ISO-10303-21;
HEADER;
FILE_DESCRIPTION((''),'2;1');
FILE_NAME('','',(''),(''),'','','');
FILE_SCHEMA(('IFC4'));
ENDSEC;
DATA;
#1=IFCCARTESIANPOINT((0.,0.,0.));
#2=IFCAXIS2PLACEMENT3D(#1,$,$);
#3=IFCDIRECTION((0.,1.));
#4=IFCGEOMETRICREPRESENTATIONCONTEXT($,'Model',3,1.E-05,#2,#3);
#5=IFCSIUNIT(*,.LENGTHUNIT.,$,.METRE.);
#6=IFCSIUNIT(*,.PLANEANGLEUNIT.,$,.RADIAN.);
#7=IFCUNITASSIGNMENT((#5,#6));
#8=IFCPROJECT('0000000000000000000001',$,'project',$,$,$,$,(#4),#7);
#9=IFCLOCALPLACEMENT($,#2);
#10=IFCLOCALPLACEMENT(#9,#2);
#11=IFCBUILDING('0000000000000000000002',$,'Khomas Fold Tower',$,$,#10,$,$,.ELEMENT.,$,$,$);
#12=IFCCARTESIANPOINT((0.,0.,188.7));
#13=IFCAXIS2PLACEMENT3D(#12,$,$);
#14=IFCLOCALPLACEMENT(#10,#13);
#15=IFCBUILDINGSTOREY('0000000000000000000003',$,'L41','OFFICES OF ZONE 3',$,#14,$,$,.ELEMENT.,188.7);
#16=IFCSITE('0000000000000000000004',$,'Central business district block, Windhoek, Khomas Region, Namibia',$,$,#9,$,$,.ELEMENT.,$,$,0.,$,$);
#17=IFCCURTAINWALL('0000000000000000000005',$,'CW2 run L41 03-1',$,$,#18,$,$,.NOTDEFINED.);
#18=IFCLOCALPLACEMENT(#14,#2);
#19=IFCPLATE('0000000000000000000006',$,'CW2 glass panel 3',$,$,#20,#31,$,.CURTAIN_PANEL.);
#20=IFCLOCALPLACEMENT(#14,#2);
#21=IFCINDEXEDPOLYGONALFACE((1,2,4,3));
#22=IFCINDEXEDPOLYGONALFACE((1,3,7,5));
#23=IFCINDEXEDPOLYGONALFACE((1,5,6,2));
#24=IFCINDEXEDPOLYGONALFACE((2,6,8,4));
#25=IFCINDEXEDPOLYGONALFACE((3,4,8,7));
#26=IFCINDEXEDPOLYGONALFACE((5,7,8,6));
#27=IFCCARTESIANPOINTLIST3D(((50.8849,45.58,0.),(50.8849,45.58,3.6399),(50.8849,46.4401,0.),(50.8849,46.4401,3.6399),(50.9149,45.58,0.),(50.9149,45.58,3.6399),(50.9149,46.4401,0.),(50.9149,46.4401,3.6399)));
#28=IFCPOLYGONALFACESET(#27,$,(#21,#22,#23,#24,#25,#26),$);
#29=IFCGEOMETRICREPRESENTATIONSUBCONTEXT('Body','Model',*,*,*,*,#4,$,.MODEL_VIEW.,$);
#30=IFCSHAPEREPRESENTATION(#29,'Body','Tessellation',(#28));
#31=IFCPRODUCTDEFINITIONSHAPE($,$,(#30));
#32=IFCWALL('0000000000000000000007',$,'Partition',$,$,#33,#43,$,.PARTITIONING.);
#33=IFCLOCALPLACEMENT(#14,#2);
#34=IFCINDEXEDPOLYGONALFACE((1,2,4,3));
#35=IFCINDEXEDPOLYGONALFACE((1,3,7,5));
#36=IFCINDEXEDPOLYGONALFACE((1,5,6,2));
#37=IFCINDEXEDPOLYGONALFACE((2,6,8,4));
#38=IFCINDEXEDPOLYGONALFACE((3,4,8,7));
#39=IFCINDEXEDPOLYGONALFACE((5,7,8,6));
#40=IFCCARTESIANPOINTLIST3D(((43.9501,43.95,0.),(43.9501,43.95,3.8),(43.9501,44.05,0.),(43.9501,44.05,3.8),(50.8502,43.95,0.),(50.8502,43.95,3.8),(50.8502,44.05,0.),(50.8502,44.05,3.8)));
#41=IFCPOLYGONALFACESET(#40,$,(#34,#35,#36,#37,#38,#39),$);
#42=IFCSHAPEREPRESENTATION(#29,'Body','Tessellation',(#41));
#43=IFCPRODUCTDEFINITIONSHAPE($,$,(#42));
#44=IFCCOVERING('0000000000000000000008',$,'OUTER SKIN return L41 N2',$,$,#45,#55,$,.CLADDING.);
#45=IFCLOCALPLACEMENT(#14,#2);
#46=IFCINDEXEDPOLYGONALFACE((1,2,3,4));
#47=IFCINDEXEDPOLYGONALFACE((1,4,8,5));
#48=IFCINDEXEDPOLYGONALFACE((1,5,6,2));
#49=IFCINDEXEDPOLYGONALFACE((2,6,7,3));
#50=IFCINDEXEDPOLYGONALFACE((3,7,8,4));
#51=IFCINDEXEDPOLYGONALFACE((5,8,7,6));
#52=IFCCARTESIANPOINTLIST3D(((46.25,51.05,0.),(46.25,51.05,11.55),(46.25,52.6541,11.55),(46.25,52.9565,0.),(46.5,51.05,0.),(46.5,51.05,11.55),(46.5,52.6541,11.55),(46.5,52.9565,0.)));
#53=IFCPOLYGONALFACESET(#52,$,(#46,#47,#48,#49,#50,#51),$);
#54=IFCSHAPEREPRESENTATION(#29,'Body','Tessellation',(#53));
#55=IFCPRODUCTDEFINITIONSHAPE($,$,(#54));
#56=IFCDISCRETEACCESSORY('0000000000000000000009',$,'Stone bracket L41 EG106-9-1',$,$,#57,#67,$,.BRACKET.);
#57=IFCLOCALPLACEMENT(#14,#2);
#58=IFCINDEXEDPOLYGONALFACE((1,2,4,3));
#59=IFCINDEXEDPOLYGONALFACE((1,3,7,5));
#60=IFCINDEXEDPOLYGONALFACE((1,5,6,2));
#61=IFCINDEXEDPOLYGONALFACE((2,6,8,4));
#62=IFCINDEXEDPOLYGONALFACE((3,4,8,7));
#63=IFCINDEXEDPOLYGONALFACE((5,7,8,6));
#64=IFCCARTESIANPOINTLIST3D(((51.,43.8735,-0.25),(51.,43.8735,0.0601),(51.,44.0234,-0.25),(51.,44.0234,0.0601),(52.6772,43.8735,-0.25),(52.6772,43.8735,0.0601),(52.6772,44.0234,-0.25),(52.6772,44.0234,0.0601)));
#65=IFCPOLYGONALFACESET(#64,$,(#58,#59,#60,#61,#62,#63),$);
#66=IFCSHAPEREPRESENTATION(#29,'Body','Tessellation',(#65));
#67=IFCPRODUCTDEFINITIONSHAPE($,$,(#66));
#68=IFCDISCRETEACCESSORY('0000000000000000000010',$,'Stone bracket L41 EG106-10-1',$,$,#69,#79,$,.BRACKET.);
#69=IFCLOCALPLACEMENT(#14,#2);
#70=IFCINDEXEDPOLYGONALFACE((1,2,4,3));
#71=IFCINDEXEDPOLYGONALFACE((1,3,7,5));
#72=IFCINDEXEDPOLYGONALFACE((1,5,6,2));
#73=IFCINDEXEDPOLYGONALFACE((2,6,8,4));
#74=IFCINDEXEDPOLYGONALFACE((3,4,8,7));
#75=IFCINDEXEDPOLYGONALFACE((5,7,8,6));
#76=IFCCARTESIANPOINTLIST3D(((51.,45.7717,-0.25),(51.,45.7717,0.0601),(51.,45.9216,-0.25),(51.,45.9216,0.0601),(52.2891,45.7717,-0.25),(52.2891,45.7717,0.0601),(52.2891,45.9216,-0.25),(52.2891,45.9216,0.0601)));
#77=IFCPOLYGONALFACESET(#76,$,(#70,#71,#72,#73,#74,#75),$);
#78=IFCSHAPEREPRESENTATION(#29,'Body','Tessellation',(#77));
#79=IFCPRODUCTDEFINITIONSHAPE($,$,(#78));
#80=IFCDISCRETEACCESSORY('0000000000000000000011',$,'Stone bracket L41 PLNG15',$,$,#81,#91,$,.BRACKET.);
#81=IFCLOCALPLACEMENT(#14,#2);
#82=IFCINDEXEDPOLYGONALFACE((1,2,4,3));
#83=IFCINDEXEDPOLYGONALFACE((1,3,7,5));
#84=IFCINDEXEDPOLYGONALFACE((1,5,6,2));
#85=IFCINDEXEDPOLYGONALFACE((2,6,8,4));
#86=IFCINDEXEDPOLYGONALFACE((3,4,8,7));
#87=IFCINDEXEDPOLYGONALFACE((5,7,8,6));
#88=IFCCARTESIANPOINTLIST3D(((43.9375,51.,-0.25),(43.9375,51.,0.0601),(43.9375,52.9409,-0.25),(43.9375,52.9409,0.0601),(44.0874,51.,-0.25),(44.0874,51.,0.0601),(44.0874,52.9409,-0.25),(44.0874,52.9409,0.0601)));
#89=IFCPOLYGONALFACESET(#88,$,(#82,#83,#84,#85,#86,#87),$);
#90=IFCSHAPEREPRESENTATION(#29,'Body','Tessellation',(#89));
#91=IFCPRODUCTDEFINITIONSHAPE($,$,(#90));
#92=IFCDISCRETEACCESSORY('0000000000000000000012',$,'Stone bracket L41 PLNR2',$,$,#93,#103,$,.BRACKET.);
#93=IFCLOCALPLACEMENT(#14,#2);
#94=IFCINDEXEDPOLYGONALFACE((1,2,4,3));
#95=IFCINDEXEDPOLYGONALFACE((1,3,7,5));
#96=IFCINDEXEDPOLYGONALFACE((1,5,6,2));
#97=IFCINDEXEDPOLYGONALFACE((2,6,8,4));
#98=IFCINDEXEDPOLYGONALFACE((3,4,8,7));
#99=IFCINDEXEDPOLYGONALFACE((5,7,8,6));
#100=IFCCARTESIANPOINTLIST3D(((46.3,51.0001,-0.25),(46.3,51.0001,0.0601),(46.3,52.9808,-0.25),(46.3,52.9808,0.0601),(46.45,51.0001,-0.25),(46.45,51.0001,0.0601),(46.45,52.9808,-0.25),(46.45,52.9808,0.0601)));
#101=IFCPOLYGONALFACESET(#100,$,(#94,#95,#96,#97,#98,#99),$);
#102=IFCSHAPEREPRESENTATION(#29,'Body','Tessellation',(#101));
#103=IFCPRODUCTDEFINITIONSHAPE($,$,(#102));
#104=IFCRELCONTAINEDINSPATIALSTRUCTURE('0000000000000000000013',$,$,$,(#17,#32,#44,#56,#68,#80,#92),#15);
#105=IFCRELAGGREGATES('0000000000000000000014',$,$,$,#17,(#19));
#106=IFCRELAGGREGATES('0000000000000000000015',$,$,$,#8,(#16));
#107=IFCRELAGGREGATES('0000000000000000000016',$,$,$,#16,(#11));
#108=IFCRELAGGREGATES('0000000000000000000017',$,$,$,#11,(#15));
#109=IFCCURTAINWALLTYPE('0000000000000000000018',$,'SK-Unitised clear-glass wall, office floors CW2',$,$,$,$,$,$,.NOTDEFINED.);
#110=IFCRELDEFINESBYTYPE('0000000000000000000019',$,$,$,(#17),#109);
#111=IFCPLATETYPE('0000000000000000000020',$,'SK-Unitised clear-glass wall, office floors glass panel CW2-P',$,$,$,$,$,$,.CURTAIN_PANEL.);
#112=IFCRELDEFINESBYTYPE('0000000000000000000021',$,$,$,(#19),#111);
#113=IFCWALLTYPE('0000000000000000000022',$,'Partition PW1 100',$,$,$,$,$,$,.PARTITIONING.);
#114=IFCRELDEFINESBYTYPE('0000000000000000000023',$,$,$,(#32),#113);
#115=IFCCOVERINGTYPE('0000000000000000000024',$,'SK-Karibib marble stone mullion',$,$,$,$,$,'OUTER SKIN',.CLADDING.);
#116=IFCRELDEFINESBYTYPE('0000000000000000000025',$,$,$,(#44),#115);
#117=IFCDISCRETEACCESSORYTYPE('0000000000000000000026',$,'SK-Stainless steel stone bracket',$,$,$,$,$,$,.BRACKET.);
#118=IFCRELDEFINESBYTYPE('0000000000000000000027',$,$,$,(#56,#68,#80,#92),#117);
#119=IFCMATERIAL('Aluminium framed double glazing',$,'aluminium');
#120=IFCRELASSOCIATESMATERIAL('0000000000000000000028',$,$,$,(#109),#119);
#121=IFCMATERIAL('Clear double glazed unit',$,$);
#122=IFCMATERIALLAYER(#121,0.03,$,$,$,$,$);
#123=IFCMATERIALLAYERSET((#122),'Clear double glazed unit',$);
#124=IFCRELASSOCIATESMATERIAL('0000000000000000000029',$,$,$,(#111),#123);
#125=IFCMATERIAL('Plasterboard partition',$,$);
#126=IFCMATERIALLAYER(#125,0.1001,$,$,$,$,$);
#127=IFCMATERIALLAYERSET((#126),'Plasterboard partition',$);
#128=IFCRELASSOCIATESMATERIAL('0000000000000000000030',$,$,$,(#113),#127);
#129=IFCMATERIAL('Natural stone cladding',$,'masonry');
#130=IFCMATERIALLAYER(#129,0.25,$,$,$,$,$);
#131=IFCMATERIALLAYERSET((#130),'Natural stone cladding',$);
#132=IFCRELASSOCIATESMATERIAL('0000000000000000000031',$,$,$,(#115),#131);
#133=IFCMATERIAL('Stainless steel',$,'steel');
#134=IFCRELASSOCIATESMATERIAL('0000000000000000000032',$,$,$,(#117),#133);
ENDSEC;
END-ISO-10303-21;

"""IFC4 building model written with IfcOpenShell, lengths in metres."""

from ifc_helpers import new_model, si_unit, direction, frame, frame_2d, origin, origin_2d, place, context, subcontext, project, spatial, polyline, rectangle, outline, extrude, source, transform, mapped, material, layer, layer_set, type_object, element, aggregate, save


model = new_model("IFC4")

# Units and contexts
model_context = context("Model", 3, precision=1e-05, world=origin(), true_north=direction((0.0, 1.0)))
body_context = subcontext(model_context, "Body", "Model", "MODEL_VIEW")
ifc_project = project(units=[si_unit("LENGTHUNIT", "METRE"), si_unit("PLANEANGLEUNIT", "RADIAN")], contexts=[model_context])

# Site, building, storey
site_placement = place(None, origin())
site = spatial("IfcSite", under=ifc_project, at=site_placement, Name="Central business district block, Windhoek, Khomas Region, Namibia", CompositionType="ELEMENT", RefElevation=0.0)
building_placement = place(site_placement, origin())
building = spatial("IfcBuilding", under=site, at=building_placement, Name="Khomas Fold Tower", CompositionType="ELEMENT")
storey_placement = place(building_placement, frame((0.0, 0.0, 188.7)))
storey = spatial("IfcBuildingStorey", under=building, at=storey_placement, Name="L41", Description="OFFICES OF ZONE 3", CompositionType="ELEMENT", Elevation=188.7)

# Curtain wall
ifc_material_1 = material(Name="Aluminium framed double glazing", Category="aluminium")
curtain_wall_type = type_object("IfcCurtainWallType", Name="SK-Unitised clear-glass wall, office floors CW2", PredefinedType="NOTDEFINED", material=ifc_material_1)
curtain_wall_1_placement = place(storey_placement, origin())
curtain_wall_1 = element("IfcCurtainWall", 1, at=curtain_wall_1_placement, inside=storey, type_object=curtain_wall_type, Name="CW2 run L41 03-1", PredefinedType="NOTDEFINED")

# Plate
ifc_material_2 = material(Name="Clear double glazed unit")
ifc_layer_1 = layer(ifc_material_2, 0.03)
ifc_layer_set_1 = layer_set([ifc_layer_1], Name="Clear double glazed unit")
plate_type_1 = type_object("IfcPlateType", Name="SK-Unitised clear-glass wall, office floors glass panel CW2-P", PredefinedType="CURTAIN_PANEL", material=ifc_layer_set_1)
shared_shape_1 = source(origin(), body_context, "Body", "SweptSolid", [
    extrude(rectangle(XDim=0.8601, YDim=0.03, at=origin_2d()), origin(), (0.0, 0.0, 1.0), 3.6399),
])
plate_1_placement = place(storey_placement, frame((50.8999, 46.01, 0.0), z_axis=(0.0, 0.0, 1.0), x_axis=(0.0, 1.0, 0.0)))
plate_1 = element("IfcPlate", 2, at=plate_1_placement, type_object=plate_type_1, Name="CW2 glass panel 3", PredefinedType="CURTAIN_PANEL", context=body_context, shape_type="MappedRepresentation", body=[
    mapped(shared_shape_1, transform((0.0, 0.0, 0.0))),
])
aggregate(curtain_wall_1, [plate_1])

# Wall
ifc_material_3 = material(Name="Plasterboard partition")
ifc_layer_2 = layer(ifc_material_3, 0.1001)
ifc_layer_set_2 = layer_set([ifc_layer_2], Name="Plasterboard partition")
wall_type = type_object("IfcWallType", Name="Partition PW1 100", PredefinedType="PARTITIONING", material=ifc_layer_set_2)
shared_shape_2 = source(origin(), body_context, "Body", "SweptSolid", [
    extrude(rectangle(XDim=6.9001, YDim=0.1001, at=frame_2d((3.4502, 0.0))), origin(), (0.0, 0.0, 1.0), 3.8),
])
wall_placement = place(storey_placement, frame((43.95, 44.0, 0.0), z_axis=(0.0, 0.0, 1.0), x_axis=(1.0, 0.0, 0.0)))
element("IfcWall", 3, at=wall_placement, inside=storey, type_object=wall_type, Name="Partition", PredefinedType="PARTITIONING", context=body_context, shape_type="MappedRepresentation", body=[
    mapped(shared_shape_2, transform((0.0, 0.0, 0.0))),
])

# Covering
ifc_material_4 = material(Name="Natural stone cladding", Category="masonry")
ifc_layer_3 = layer(ifc_material_4, 0.25)
ifc_layer_set_3 = layer_set([ifc_layer_3], Name="Natural stone cladding")
covering_type = type_object("IfcCoveringType", Name="SK-Karibib marble stone mullion", ElementType="OUTER SKIN", PredefinedType="CLADDING", material=ifc_layer_set_3)
covering_placement = place(storey_placement, frame((46.5, 51.05, 0.0), z_axis=(1.0, 0.0, 0.0), x_axis=(0.0, 1.0, 0.0)))
element("IfcCovering", 4, at=covering_placement, inside=storey, type_object=covering_type, Name="OUTER SKIN return L41 N2", PredefinedType="CLADDING", context=body_context, shape_type="SweptSolid", body=[
    extrude(outline(polyline([(0.0, 0.0), (1.9065, 0.0), (1.604, 11.55), (0.0, 11.55), (0.0, 0.0)])), origin(), (0.0, 0.0, -1.0), 0.25),
])

# Discrete accessories
ifc_material_5 = material(Name="Stainless steel", Category="steel")
discrete_accessory_type = type_object("IfcDiscreteAccessoryType", Name="SK-Stainless steel stone bracket", PredefinedType="BRACKET", material=ifc_material_5)
shared_shape_3 = source(origin(), body_context, "Body", "SweptSolid", [
    extrude(rectangle(XDim=1.6772, YDim=0.1499, at=origin_2d()), origin(), (0.0, 0.0, 1.0), 0.3101),
])
discrete_accessory_1_placement = place(storey_placement, frame((51.8386, 43.9485, -0.25), z_axis=(0.0, 0.0, 1.0), x_axis=(1.0, 0.0, 0.0)))
element("IfcDiscreteAccessory", 5, at=discrete_accessory_1_placement, inside=storey, type_object=discrete_accessory_type, Name="Stone bracket L41 EG106-9-1", PredefinedType="BRACKET", context=body_context, shape_type="MappedRepresentation", body=[
    mapped(shared_shape_3, transform((0.0, 0.0, 0.0))),
])
shared_shape_4 = source(origin(), body_context, "Body", "SweptSolid", [
    extrude(rectangle(XDim=1.2891, YDim=0.1499, at=origin_2d()), origin(), (0.0, 0.0, 1.0), 0.3101),
])
discrete_accessory_2_placement = place(storey_placement, frame((51.6445, 45.8467, -0.25), z_axis=(0.0, 0.0, 1.0), x_axis=(1.0, 0.0, 0.0)))
element("IfcDiscreteAccessory", 6, at=discrete_accessory_2_placement, inside=storey, type_object=discrete_accessory_type, Name="Stone bracket L41 EG106-10-1", PredefinedType="BRACKET", context=body_context, shape_type="MappedRepresentation", body=[
    mapped(shared_shape_4, transform((0.0, 0.0, 0.0))),
])
shared_shape_5 = source(origin(), body_context, "Body", "SweptSolid", [
    extrude(rectangle(XDim=1.9409, YDim=0.1499, at=origin_2d()), origin(), (0.0, 0.0, 1.0), 0.3101),
])
discrete_accessory_3_placement = place(storey_placement, frame((44.0125, 51.9705, -0.25), z_axis=(0.0, 0.0, 1.0), x_axis=(0.0, 1.0, 0.0)))
element("IfcDiscreteAccessory", 7, at=discrete_accessory_3_placement, inside=storey, type_object=discrete_accessory_type, Name="Stone bracket L41 PLNG15", PredefinedType="BRACKET", context=body_context, shape_type="MappedRepresentation", body=[
    mapped(shared_shape_5, transform((0.0, 0.0, 0.0))),
])
shared_shape_6 = source(origin(), body_context, "Body", "SweptSolid", [
    extrude(rectangle(XDim=1.9807, YDim=0.1499, at=origin_2d()), origin(), (0.0, 0.0, 1.0), 0.3101),
])
discrete_accessory_4_placement = place(storey_placement, frame((46.375, 51.9905, -0.25), z_axis=(0.0, 0.0, 1.0), x_axis=(0.0, 1.0, 0.0)))
element("IfcDiscreteAccessory", 8, at=discrete_accessory_4_placement, inside=storey, type_object=discrete_accessory_type, Name="Stone bracket L41 PLNR2", PredefinedType="BRACKET", context=body_context, shape_type="MappedRepresentation", body=[
    mapped(shared_shape_6, transform((0.0, 0.0, 0.0))),
])

save(model, "model.ifc")
